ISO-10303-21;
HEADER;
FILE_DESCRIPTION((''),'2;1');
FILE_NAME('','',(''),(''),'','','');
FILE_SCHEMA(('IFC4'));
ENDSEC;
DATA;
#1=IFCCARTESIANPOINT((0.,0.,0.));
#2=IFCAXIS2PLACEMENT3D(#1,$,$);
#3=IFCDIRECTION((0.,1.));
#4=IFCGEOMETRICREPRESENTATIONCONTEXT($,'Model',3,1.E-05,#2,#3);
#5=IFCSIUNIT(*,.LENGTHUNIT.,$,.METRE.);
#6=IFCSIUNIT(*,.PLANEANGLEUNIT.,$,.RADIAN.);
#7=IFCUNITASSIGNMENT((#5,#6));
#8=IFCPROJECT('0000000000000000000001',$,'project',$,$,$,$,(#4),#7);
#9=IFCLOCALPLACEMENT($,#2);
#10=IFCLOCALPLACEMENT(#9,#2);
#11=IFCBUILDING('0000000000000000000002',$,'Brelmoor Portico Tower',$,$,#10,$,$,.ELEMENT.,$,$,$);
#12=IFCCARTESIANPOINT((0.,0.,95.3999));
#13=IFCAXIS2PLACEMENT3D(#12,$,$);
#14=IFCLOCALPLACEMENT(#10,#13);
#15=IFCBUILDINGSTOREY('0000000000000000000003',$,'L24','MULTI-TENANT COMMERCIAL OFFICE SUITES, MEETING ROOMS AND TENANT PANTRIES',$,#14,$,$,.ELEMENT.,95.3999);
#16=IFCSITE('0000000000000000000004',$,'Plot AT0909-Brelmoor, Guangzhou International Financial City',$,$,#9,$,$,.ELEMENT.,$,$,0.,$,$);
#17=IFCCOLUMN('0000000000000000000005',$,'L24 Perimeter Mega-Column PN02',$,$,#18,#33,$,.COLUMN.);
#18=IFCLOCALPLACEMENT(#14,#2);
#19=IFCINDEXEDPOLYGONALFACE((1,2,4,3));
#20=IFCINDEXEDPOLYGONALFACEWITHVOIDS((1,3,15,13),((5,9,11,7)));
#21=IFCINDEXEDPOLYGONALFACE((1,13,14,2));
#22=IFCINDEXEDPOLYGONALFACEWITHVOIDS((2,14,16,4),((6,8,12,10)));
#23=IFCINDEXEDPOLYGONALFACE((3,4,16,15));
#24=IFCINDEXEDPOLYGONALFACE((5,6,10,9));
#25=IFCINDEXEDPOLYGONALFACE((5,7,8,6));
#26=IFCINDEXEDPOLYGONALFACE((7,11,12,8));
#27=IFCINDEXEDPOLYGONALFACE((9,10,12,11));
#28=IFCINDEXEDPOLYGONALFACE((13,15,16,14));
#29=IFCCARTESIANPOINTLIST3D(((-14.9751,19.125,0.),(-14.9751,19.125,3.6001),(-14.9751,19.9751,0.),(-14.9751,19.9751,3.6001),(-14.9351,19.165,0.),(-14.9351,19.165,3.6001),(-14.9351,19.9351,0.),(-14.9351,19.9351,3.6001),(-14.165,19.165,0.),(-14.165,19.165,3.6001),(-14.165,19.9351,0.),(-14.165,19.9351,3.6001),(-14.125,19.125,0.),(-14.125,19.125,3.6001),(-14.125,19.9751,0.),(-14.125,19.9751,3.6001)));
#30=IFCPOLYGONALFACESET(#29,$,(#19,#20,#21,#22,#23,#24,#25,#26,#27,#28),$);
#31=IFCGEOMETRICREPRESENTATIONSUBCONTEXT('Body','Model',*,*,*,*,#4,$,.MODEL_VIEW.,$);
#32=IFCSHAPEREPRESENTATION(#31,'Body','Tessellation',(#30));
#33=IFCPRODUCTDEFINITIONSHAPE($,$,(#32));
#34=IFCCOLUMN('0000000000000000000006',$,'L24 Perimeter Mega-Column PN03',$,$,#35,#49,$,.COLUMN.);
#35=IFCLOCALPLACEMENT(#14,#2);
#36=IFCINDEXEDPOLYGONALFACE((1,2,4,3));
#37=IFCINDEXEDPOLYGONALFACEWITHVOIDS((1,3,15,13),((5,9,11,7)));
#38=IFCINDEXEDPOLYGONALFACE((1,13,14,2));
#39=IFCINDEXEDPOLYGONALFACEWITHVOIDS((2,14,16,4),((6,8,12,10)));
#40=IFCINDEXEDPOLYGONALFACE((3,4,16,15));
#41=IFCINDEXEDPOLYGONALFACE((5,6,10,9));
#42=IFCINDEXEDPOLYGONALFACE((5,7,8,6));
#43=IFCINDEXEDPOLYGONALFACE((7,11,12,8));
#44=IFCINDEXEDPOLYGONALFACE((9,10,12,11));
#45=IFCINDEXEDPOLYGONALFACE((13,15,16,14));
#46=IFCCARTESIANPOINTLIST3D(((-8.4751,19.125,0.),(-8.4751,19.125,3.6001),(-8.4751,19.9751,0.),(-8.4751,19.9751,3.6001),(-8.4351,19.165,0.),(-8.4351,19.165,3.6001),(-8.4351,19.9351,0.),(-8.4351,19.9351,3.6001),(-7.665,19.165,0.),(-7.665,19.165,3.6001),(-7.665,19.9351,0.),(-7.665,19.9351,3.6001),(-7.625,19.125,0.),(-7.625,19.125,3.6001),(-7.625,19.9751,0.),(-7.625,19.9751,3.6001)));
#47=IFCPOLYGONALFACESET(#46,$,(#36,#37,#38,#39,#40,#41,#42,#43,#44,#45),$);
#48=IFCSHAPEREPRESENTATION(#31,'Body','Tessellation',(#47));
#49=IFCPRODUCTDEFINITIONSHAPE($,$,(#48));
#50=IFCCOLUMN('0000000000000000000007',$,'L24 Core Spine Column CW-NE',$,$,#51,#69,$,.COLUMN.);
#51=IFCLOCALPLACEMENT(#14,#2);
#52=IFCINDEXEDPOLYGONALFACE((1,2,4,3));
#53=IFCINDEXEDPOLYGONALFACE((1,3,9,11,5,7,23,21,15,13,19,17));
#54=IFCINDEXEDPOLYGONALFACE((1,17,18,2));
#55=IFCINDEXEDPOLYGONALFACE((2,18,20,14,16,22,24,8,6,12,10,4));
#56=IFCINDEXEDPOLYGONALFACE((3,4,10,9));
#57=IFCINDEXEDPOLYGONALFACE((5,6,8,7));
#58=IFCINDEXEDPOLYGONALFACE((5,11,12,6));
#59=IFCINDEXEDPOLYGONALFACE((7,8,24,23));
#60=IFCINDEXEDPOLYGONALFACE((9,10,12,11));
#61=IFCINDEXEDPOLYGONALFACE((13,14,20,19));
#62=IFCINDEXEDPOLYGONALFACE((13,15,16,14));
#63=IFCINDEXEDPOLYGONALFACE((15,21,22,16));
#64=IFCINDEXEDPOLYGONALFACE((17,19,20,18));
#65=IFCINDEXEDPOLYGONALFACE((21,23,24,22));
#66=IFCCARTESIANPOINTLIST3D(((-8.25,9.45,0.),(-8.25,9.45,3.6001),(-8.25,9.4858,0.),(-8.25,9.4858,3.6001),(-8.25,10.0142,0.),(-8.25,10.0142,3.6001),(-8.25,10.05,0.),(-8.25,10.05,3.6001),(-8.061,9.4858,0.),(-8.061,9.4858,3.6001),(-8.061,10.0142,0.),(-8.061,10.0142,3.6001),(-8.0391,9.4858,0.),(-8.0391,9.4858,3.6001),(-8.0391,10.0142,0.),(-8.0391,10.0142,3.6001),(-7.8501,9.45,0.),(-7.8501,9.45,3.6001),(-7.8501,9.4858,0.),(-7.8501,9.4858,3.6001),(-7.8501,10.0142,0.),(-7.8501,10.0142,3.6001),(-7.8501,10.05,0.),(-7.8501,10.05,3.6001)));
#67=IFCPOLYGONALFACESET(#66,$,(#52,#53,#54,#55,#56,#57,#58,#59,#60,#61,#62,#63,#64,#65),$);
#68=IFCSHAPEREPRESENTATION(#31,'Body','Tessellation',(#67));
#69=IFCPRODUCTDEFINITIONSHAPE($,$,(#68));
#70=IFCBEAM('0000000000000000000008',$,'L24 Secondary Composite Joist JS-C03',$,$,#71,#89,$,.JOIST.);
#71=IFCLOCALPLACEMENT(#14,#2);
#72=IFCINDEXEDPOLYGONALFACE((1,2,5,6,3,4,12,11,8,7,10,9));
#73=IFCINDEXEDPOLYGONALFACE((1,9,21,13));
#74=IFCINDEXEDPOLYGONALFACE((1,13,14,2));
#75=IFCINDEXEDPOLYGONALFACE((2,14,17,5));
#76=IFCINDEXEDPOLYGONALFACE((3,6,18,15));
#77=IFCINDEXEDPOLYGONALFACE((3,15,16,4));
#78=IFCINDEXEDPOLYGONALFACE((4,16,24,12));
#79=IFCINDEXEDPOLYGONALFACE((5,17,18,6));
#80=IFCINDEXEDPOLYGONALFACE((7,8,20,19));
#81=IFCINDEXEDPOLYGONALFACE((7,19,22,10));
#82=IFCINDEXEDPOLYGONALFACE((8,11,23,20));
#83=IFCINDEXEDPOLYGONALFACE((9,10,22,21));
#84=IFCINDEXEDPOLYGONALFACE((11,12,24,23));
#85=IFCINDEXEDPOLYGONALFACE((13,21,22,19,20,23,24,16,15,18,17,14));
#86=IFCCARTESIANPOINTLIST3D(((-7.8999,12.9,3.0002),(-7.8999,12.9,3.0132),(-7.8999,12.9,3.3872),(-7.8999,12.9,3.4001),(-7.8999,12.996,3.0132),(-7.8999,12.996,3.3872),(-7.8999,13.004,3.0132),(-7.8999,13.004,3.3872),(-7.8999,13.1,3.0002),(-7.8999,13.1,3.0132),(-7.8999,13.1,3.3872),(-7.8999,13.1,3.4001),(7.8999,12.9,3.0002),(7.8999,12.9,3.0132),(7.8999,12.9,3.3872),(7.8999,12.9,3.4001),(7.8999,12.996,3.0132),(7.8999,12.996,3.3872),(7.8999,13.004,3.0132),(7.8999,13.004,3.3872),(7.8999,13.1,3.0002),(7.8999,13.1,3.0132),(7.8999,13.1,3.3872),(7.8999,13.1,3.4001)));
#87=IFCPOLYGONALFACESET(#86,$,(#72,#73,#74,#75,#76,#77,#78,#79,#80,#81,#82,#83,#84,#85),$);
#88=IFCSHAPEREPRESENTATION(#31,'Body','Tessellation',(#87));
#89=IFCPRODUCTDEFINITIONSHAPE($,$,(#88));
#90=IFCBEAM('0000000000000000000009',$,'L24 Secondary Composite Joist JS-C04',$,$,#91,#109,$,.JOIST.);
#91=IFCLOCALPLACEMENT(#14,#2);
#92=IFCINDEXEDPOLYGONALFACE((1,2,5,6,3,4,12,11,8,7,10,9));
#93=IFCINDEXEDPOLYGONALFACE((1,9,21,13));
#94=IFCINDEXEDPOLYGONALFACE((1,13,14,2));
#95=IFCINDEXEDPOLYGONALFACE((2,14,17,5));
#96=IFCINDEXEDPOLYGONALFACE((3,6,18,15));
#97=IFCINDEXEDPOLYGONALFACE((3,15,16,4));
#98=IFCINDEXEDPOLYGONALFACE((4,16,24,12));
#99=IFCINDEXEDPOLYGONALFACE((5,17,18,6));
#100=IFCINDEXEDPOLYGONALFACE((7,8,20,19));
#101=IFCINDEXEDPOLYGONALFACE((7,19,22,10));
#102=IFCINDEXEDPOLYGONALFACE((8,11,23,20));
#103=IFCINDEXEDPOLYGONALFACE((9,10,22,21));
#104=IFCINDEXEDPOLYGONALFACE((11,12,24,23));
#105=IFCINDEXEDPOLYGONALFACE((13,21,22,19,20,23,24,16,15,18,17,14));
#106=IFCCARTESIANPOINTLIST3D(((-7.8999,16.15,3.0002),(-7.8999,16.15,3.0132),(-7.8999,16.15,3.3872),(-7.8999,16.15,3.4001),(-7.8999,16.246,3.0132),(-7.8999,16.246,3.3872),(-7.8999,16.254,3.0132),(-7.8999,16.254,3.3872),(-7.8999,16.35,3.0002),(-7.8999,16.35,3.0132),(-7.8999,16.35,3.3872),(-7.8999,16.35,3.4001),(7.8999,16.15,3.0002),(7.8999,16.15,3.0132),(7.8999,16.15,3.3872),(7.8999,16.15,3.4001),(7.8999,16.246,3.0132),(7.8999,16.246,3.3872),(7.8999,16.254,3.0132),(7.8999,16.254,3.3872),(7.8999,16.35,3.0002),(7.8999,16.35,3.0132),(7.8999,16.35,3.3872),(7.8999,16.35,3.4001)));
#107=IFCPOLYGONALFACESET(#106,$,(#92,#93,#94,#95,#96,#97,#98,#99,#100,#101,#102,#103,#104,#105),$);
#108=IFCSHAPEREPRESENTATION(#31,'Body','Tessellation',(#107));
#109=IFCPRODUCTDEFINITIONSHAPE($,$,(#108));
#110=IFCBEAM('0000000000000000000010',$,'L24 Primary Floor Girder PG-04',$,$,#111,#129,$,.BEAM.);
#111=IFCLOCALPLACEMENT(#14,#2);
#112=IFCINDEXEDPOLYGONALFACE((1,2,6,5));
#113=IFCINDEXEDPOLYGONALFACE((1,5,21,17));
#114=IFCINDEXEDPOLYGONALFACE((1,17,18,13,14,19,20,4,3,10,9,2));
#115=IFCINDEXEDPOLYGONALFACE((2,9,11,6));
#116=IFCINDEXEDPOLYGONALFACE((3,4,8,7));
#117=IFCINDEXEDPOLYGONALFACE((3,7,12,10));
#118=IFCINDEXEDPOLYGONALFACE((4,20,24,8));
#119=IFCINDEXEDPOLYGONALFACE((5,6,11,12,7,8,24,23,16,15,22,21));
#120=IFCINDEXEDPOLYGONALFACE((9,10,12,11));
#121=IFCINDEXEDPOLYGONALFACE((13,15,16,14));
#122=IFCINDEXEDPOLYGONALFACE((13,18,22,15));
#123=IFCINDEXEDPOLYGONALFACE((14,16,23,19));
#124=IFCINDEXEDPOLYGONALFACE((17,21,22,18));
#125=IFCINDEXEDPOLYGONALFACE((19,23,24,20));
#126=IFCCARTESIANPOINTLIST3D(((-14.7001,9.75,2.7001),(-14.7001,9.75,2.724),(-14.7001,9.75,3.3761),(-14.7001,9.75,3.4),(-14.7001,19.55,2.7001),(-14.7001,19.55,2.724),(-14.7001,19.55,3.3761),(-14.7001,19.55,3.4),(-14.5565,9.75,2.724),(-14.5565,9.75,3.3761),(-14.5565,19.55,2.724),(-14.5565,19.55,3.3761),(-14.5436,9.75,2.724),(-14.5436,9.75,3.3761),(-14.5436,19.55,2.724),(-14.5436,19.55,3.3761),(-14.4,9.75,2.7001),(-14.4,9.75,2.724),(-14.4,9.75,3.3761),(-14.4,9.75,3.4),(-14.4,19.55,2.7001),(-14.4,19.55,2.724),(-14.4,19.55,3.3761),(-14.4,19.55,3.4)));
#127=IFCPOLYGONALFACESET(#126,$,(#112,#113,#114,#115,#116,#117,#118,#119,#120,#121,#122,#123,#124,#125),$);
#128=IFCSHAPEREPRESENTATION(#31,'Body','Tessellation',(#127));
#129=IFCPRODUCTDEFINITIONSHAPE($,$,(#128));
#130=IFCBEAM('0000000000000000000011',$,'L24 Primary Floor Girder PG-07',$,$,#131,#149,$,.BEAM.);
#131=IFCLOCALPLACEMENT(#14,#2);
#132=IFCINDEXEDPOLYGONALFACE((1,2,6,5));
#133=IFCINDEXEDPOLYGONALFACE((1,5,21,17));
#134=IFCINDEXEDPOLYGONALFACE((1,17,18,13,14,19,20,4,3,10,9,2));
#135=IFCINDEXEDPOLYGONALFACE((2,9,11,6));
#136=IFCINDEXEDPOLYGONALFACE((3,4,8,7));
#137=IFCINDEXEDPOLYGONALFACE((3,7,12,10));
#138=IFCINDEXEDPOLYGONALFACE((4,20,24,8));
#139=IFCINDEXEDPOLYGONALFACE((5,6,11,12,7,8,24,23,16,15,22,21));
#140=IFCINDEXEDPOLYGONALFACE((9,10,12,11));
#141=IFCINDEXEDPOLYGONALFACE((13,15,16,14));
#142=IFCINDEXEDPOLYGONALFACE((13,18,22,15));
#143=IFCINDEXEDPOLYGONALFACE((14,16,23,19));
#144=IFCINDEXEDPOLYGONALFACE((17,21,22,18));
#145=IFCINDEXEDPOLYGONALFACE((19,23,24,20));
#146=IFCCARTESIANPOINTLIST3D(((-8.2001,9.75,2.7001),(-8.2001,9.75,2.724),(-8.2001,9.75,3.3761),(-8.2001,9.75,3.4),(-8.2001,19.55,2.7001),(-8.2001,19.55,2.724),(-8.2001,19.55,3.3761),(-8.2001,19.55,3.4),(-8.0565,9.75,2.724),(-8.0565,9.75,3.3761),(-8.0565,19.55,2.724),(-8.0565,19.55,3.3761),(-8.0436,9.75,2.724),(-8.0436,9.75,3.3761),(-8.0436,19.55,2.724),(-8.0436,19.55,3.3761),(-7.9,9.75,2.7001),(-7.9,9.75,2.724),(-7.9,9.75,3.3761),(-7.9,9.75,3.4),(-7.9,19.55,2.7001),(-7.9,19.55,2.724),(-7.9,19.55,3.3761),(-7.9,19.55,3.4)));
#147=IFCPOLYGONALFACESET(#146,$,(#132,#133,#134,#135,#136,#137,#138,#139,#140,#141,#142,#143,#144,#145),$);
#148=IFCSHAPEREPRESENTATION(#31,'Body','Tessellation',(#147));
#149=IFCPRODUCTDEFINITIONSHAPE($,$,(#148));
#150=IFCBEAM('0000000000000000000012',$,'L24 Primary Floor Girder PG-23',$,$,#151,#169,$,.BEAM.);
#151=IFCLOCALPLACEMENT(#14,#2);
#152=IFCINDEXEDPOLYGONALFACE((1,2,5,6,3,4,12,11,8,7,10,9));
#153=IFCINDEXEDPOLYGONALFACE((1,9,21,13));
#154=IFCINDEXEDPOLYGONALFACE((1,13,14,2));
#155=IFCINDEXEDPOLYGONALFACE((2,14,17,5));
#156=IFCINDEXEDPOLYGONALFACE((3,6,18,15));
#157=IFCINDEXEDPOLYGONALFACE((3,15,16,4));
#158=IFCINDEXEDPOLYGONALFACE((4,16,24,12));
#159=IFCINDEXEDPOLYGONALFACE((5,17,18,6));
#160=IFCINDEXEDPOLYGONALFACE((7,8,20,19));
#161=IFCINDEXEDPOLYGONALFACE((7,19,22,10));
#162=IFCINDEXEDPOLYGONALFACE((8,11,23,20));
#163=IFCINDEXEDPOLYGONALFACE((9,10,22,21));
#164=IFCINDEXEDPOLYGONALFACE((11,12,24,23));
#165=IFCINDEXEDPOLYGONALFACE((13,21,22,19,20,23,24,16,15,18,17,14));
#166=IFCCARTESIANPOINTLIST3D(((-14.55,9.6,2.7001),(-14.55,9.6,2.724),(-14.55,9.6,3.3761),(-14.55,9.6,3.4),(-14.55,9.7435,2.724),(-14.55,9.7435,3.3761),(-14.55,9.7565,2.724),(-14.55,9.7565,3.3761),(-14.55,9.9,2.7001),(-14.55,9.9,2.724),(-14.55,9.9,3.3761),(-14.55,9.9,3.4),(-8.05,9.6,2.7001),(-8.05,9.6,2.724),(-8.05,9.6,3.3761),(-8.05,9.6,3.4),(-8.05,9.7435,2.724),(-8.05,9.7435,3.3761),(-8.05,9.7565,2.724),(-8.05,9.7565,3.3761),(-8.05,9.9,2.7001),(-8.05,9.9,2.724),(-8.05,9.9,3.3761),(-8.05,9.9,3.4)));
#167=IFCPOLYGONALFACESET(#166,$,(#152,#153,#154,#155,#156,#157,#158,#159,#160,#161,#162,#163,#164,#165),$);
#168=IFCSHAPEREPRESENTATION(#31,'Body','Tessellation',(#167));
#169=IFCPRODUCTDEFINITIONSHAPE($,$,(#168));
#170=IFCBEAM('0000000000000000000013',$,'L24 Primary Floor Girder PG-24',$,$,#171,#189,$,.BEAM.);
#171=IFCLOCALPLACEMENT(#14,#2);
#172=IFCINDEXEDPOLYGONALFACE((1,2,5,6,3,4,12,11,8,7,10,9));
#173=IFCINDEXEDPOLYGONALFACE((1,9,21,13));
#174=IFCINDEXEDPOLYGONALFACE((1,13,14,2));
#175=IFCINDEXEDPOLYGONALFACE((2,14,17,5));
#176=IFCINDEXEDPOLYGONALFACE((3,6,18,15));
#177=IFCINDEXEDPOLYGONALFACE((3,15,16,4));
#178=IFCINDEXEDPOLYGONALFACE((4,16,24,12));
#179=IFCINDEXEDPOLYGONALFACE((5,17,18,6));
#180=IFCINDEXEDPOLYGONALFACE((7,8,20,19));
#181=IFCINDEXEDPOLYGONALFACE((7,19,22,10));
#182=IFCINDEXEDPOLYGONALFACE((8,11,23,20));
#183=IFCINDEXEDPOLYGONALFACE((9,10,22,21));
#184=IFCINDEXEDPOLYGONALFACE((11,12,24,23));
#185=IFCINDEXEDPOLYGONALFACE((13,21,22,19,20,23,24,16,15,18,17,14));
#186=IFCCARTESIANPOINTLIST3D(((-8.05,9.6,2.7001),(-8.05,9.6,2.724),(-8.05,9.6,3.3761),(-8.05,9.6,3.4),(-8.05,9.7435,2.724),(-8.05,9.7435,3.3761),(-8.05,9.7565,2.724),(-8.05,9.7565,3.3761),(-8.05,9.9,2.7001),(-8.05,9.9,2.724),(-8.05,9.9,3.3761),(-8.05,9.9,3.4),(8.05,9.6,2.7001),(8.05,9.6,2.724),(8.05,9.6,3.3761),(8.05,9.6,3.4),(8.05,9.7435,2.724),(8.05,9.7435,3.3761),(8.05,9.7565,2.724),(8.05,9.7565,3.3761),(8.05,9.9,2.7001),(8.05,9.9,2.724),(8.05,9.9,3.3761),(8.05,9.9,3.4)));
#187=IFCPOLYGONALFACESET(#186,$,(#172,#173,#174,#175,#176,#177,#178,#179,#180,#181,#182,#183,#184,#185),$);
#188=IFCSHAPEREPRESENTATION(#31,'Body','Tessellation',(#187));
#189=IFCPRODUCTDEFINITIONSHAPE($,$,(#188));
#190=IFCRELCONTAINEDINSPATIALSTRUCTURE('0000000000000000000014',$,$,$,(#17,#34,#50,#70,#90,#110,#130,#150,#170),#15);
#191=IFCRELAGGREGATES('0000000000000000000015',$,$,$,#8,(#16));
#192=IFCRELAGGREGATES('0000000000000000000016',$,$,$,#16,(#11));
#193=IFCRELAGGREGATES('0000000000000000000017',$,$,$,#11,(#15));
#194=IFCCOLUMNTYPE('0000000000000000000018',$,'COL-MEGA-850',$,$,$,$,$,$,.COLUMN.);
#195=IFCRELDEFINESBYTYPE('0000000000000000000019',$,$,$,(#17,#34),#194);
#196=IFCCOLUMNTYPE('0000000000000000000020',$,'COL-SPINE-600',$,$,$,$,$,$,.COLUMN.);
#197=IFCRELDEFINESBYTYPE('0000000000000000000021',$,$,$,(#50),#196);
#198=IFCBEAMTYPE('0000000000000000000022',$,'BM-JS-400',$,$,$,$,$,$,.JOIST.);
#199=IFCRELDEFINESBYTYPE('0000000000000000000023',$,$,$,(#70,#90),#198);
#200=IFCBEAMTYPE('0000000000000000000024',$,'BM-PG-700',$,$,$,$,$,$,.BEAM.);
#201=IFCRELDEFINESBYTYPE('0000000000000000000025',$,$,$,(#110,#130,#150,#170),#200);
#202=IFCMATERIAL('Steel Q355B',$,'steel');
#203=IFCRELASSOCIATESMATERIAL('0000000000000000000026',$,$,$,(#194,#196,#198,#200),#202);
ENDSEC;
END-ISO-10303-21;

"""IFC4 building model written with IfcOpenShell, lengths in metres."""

from ifc_helpers import new_model, si_unit, direction, frame, origin, origin_2d, place, context, subcontext, project, spatial, hollow_rectangle, i_section, extrude, material, material_profile, profile_set, type_object, element, save


model = new_model("IFC4")

# Units and contexts
model_context = context("Model", 3, precision=1e-05, world=origin(), true_north=direction((0.0, 1.0)))
body_context = subcontext(model_context, "Body", "Model", "MODEL_VIEW")
ifc_project = project(units=[si_unit("LENGTHUNIT", "METRE"), si_unit("PLANEANGLEUNIT", "RADIAN")], contexts=[model_context])

# Site, building, storey
site_placement = place(None, origin())
site = spatial("IfcSite", under=ifc_project, at=site_placement, Name="Plot AT0909-Brelmoor, Guangzhou International Financial City", CompositionType="ELEMENT", RefElevation=0.0)
building_placement = place(site_placement, origin())
building = spatial("IfcBuilding", under=site, at=building_placement, Name="Brelmoor Portico Tower", CompositionType="ELEMENT")
storey_placement = place(building_placement, frame((0.0, 0.0, 95.3999)))
storey = spatial("IfcBuildingStorey", under=building, at=storey_placement, Name="L24", Description="MULTI-TENANT COMMERCIAL OFFICE SUITES, MEETING ROOMS AND TENANT PANTRIES", CompositionType="ELEMENT", Elevation=95.3999)

# Columns
ifc_material_1 = material(Name="Steel Q355B", Category="steel")
ifc_material_profile_1 = material_profile(ifc_material_1, hollow_rectangle(XDim=0.8501, YDim=0.8501, WallThickness=0.04, at=origin_2d()), Name="BOX 850x850x40")
ifc_profile_set_1 = profile_set([ifc_material_profile_1], Name="Steel Q355B")
column_type_1 = type_object("IfcColumnType", Name="COL-MEGA-850", PredefinedType="COLUMN", material=ifc_profile_set_1)
for number, where, z_axis, x_axis, name in (
    (1, (-14.55, 19.55, 0.0), (0.0, 0.0, 1.0), (1.0, 0.0, 0.0), "L24 Perimeter Mega-Column PN02"),
    (2, (-8.05, 19.55, 0.0), (0.0, 0.0, 1.0), (1.0, 0.0, 0.0), "L24 Perimeter Mega-Column PN03"),
):
    element("IfcColumn", number, at=place(storey_placement, frame(where, z_axis=z_axis, x_axis=x_axis)), inside=storey, type_object=column_type_1, Name=name, PredefinedType="COLUMN", context=body_context, shape_type="SweptSolid", body=[
        extrude(hollow_rectangle(XDim=0.8501, YDim=0.8501, WallThickness=0.04, at=origin_2d()), origin(), (0.0, 0.0, 1.0), 3.6001),
    ])
ifc_material_profile_2 = material_profile(ifc_material_1, i_section(OverallWidth=0.3999, OverallDepth=0.6001, WebThickness=0.022, FlangeThickness=0.0359, at=origin_2d()), Name="HW 600x400x22x36")
ifc_profile_set_2 = profile_set([ifc_material_profile_2], Name="Steel Q355B")
column_type_2 = type_object("IfcColumnType", Name="COL-SPINE-600", PredefinedType="COLUMN", material=ifc_profile_set_2)
column_placement = place(storey_placement, frame((-8.05, 9.75, 0.0), z_axis=(0.0, 0.0, 1.0), x_axis=(1.0, 0.0, 0.0)))
element("IfcColumn", 3, at=column_placement, inside=storey, type_object=column_type_2, Name="L24 Core Spine Column CW-NE", PredefinedType="COLUMN", context=body_context, shape_type="SweptSolid", body=[
    extrude(i_section(OverallWidth=0.3999, OverallDepth=0.6001, WebThickness=0.022, FlangeThickness=0.0359, at=origin_2d()), origin(), (0.0, 0.0, 1.0), 3.6001),
])

# Beams
ifc_material_profile_3 = material_profile(ifc_material_1, i_section(OverallWidth=0.2, OverallDepth=0.3999, WebThickness=0.0081, FlangeThickness=0.0129, at=origin_2d()), Name="HN 400x200x8x13")
ifc_profile_set_3 = profile_set([ifc_material_profile_3], Name="Steel Q355B")
beam_type_1 = type_object("IfcBeamType", Name="BM-JS-400", PredefinedType="JOIST", material=ifc_profile_set_3)
for number, where, z_axis, x_axis, name in (
    (4, (-7.8999, 13.0, 3.2002), (1.0, 0.0, 0.0), (0.0, 1.0, 0.0), "L24 Secondary Composite Joist JS-C03"),
    (5, (-7.8999, 16.25, 3.2002), (1.0, 0.0, 0.0), (0.0, 1.0, 0.0), "L24 Secondary Composite Joist JS-C04"),
):
    element("IfcBeam", number, at=place(storey_placement, frame(where, z_axis=z_axis, x_axis=x_axis)), inside=storey, type_object=beam_type_1, Name=name, PredefinedType="JOIST", context=body_context, shape_type="SweptSolid", body=[
        extrude(i_section(OverallWidth=0.2, OverallDepth=0.3999, WebThickness=0.0081, FlangeThickness=0.0129, at=origin_2d()), origin(), (0.0, 0.0, 1.0), 15.7998),
    ])
ifc_material_profile_4 = material_profile(ifc_material_1, i_section(OverallWidth=0.3, OverallDepth=0.7, WebThickness=0.0129, FlangeThickness=0.0239, at=origin_2d()), Name="HN 700x300x13x24")
ifc_profile_set_4 = profile_set([ifc_material_profile_4], Name="Steel Q355B")
beam_type_2 = type_object("IfcBeamType", Name="BM-PG-700", PredefinedType="BEAM", material=ifc_profile_set_4)
for number, where, z_axis, x_axis, name in (
    (6, (-14.55, 9.75, 3.05), (0.0, 1.0, 0.0), (-1.0, 0.0, 0.0), "L24 Primary Floor Girder PG-04"),
    (7, (-8.05, 9.75, 3.05), (0.0, 1.0, 0.0), (-1.0, 0.0, 0.0), "L24 Primary Floor Girder PG-07"),
):
    element("IfcBeam", number, at=place(storey_placement, frame(where, z_axis=z_axis, x_axis=x_axis)), inside=storey, type_object=beam_type_2, Name=name, PredefinedType="BEAM", context=body_context, shape_type="SweptSolid", body=[
        extrude(i_section(OverallWidth=0.3, OverallDepth=0.7, WebThickness=0.0129, FlangeThickness=0.0239, at=origin_2d()), origin(), (0.0, 0.0, 1.0), 9.8),
    ])
beam_1_placement = place(storey_placement, frame((-14.55, 9.75, 3.05), z_axis=(1.0, 0.0, 0.0), x_axis=(0.0, 1.0, 0.0)))
element("IfcBeam", 8, at=beam_1_placement, inside=storey, type_object=beam_type_2, Name="L24 Primary Floor Girder PG-23", PredefinedType="BEAM", context=body_context, shape_type="SweptSolid", body=[
    extrude(i_section(OverallWidth=0.3, OverallDepth=0.7, WebThickness=0.0129, FlangeThickness=0.0239, at=origin_2d()), origin(), (0.0, 0.0, 1.0), 6.5),
])
beam_2_placement = place(storey_placement, frame((-8.05, 9.75, 3.05), z_axis=(1.0, 0.0, 0.0), x_axis=(0.0, 1.0, 0.0)))
element("IfcBeam", 9, at=beam_2_placement, inside=storey, type_object=beam_type_2, Name="L24 Primary Floor Girder PG-24", PredefinedType="BEAM", context=body_context, shape_type="SweptSolid", body=[
    extrude(i_section(OverallWidth=0.3, OverallDepth=0.7, WebThickness=0.0129, FlangeThickness=0.0239, at=origin_2d()), origin(), (0.0, 0.0, 1.0), 16.1001),
])

save(model, "model.ifc")
